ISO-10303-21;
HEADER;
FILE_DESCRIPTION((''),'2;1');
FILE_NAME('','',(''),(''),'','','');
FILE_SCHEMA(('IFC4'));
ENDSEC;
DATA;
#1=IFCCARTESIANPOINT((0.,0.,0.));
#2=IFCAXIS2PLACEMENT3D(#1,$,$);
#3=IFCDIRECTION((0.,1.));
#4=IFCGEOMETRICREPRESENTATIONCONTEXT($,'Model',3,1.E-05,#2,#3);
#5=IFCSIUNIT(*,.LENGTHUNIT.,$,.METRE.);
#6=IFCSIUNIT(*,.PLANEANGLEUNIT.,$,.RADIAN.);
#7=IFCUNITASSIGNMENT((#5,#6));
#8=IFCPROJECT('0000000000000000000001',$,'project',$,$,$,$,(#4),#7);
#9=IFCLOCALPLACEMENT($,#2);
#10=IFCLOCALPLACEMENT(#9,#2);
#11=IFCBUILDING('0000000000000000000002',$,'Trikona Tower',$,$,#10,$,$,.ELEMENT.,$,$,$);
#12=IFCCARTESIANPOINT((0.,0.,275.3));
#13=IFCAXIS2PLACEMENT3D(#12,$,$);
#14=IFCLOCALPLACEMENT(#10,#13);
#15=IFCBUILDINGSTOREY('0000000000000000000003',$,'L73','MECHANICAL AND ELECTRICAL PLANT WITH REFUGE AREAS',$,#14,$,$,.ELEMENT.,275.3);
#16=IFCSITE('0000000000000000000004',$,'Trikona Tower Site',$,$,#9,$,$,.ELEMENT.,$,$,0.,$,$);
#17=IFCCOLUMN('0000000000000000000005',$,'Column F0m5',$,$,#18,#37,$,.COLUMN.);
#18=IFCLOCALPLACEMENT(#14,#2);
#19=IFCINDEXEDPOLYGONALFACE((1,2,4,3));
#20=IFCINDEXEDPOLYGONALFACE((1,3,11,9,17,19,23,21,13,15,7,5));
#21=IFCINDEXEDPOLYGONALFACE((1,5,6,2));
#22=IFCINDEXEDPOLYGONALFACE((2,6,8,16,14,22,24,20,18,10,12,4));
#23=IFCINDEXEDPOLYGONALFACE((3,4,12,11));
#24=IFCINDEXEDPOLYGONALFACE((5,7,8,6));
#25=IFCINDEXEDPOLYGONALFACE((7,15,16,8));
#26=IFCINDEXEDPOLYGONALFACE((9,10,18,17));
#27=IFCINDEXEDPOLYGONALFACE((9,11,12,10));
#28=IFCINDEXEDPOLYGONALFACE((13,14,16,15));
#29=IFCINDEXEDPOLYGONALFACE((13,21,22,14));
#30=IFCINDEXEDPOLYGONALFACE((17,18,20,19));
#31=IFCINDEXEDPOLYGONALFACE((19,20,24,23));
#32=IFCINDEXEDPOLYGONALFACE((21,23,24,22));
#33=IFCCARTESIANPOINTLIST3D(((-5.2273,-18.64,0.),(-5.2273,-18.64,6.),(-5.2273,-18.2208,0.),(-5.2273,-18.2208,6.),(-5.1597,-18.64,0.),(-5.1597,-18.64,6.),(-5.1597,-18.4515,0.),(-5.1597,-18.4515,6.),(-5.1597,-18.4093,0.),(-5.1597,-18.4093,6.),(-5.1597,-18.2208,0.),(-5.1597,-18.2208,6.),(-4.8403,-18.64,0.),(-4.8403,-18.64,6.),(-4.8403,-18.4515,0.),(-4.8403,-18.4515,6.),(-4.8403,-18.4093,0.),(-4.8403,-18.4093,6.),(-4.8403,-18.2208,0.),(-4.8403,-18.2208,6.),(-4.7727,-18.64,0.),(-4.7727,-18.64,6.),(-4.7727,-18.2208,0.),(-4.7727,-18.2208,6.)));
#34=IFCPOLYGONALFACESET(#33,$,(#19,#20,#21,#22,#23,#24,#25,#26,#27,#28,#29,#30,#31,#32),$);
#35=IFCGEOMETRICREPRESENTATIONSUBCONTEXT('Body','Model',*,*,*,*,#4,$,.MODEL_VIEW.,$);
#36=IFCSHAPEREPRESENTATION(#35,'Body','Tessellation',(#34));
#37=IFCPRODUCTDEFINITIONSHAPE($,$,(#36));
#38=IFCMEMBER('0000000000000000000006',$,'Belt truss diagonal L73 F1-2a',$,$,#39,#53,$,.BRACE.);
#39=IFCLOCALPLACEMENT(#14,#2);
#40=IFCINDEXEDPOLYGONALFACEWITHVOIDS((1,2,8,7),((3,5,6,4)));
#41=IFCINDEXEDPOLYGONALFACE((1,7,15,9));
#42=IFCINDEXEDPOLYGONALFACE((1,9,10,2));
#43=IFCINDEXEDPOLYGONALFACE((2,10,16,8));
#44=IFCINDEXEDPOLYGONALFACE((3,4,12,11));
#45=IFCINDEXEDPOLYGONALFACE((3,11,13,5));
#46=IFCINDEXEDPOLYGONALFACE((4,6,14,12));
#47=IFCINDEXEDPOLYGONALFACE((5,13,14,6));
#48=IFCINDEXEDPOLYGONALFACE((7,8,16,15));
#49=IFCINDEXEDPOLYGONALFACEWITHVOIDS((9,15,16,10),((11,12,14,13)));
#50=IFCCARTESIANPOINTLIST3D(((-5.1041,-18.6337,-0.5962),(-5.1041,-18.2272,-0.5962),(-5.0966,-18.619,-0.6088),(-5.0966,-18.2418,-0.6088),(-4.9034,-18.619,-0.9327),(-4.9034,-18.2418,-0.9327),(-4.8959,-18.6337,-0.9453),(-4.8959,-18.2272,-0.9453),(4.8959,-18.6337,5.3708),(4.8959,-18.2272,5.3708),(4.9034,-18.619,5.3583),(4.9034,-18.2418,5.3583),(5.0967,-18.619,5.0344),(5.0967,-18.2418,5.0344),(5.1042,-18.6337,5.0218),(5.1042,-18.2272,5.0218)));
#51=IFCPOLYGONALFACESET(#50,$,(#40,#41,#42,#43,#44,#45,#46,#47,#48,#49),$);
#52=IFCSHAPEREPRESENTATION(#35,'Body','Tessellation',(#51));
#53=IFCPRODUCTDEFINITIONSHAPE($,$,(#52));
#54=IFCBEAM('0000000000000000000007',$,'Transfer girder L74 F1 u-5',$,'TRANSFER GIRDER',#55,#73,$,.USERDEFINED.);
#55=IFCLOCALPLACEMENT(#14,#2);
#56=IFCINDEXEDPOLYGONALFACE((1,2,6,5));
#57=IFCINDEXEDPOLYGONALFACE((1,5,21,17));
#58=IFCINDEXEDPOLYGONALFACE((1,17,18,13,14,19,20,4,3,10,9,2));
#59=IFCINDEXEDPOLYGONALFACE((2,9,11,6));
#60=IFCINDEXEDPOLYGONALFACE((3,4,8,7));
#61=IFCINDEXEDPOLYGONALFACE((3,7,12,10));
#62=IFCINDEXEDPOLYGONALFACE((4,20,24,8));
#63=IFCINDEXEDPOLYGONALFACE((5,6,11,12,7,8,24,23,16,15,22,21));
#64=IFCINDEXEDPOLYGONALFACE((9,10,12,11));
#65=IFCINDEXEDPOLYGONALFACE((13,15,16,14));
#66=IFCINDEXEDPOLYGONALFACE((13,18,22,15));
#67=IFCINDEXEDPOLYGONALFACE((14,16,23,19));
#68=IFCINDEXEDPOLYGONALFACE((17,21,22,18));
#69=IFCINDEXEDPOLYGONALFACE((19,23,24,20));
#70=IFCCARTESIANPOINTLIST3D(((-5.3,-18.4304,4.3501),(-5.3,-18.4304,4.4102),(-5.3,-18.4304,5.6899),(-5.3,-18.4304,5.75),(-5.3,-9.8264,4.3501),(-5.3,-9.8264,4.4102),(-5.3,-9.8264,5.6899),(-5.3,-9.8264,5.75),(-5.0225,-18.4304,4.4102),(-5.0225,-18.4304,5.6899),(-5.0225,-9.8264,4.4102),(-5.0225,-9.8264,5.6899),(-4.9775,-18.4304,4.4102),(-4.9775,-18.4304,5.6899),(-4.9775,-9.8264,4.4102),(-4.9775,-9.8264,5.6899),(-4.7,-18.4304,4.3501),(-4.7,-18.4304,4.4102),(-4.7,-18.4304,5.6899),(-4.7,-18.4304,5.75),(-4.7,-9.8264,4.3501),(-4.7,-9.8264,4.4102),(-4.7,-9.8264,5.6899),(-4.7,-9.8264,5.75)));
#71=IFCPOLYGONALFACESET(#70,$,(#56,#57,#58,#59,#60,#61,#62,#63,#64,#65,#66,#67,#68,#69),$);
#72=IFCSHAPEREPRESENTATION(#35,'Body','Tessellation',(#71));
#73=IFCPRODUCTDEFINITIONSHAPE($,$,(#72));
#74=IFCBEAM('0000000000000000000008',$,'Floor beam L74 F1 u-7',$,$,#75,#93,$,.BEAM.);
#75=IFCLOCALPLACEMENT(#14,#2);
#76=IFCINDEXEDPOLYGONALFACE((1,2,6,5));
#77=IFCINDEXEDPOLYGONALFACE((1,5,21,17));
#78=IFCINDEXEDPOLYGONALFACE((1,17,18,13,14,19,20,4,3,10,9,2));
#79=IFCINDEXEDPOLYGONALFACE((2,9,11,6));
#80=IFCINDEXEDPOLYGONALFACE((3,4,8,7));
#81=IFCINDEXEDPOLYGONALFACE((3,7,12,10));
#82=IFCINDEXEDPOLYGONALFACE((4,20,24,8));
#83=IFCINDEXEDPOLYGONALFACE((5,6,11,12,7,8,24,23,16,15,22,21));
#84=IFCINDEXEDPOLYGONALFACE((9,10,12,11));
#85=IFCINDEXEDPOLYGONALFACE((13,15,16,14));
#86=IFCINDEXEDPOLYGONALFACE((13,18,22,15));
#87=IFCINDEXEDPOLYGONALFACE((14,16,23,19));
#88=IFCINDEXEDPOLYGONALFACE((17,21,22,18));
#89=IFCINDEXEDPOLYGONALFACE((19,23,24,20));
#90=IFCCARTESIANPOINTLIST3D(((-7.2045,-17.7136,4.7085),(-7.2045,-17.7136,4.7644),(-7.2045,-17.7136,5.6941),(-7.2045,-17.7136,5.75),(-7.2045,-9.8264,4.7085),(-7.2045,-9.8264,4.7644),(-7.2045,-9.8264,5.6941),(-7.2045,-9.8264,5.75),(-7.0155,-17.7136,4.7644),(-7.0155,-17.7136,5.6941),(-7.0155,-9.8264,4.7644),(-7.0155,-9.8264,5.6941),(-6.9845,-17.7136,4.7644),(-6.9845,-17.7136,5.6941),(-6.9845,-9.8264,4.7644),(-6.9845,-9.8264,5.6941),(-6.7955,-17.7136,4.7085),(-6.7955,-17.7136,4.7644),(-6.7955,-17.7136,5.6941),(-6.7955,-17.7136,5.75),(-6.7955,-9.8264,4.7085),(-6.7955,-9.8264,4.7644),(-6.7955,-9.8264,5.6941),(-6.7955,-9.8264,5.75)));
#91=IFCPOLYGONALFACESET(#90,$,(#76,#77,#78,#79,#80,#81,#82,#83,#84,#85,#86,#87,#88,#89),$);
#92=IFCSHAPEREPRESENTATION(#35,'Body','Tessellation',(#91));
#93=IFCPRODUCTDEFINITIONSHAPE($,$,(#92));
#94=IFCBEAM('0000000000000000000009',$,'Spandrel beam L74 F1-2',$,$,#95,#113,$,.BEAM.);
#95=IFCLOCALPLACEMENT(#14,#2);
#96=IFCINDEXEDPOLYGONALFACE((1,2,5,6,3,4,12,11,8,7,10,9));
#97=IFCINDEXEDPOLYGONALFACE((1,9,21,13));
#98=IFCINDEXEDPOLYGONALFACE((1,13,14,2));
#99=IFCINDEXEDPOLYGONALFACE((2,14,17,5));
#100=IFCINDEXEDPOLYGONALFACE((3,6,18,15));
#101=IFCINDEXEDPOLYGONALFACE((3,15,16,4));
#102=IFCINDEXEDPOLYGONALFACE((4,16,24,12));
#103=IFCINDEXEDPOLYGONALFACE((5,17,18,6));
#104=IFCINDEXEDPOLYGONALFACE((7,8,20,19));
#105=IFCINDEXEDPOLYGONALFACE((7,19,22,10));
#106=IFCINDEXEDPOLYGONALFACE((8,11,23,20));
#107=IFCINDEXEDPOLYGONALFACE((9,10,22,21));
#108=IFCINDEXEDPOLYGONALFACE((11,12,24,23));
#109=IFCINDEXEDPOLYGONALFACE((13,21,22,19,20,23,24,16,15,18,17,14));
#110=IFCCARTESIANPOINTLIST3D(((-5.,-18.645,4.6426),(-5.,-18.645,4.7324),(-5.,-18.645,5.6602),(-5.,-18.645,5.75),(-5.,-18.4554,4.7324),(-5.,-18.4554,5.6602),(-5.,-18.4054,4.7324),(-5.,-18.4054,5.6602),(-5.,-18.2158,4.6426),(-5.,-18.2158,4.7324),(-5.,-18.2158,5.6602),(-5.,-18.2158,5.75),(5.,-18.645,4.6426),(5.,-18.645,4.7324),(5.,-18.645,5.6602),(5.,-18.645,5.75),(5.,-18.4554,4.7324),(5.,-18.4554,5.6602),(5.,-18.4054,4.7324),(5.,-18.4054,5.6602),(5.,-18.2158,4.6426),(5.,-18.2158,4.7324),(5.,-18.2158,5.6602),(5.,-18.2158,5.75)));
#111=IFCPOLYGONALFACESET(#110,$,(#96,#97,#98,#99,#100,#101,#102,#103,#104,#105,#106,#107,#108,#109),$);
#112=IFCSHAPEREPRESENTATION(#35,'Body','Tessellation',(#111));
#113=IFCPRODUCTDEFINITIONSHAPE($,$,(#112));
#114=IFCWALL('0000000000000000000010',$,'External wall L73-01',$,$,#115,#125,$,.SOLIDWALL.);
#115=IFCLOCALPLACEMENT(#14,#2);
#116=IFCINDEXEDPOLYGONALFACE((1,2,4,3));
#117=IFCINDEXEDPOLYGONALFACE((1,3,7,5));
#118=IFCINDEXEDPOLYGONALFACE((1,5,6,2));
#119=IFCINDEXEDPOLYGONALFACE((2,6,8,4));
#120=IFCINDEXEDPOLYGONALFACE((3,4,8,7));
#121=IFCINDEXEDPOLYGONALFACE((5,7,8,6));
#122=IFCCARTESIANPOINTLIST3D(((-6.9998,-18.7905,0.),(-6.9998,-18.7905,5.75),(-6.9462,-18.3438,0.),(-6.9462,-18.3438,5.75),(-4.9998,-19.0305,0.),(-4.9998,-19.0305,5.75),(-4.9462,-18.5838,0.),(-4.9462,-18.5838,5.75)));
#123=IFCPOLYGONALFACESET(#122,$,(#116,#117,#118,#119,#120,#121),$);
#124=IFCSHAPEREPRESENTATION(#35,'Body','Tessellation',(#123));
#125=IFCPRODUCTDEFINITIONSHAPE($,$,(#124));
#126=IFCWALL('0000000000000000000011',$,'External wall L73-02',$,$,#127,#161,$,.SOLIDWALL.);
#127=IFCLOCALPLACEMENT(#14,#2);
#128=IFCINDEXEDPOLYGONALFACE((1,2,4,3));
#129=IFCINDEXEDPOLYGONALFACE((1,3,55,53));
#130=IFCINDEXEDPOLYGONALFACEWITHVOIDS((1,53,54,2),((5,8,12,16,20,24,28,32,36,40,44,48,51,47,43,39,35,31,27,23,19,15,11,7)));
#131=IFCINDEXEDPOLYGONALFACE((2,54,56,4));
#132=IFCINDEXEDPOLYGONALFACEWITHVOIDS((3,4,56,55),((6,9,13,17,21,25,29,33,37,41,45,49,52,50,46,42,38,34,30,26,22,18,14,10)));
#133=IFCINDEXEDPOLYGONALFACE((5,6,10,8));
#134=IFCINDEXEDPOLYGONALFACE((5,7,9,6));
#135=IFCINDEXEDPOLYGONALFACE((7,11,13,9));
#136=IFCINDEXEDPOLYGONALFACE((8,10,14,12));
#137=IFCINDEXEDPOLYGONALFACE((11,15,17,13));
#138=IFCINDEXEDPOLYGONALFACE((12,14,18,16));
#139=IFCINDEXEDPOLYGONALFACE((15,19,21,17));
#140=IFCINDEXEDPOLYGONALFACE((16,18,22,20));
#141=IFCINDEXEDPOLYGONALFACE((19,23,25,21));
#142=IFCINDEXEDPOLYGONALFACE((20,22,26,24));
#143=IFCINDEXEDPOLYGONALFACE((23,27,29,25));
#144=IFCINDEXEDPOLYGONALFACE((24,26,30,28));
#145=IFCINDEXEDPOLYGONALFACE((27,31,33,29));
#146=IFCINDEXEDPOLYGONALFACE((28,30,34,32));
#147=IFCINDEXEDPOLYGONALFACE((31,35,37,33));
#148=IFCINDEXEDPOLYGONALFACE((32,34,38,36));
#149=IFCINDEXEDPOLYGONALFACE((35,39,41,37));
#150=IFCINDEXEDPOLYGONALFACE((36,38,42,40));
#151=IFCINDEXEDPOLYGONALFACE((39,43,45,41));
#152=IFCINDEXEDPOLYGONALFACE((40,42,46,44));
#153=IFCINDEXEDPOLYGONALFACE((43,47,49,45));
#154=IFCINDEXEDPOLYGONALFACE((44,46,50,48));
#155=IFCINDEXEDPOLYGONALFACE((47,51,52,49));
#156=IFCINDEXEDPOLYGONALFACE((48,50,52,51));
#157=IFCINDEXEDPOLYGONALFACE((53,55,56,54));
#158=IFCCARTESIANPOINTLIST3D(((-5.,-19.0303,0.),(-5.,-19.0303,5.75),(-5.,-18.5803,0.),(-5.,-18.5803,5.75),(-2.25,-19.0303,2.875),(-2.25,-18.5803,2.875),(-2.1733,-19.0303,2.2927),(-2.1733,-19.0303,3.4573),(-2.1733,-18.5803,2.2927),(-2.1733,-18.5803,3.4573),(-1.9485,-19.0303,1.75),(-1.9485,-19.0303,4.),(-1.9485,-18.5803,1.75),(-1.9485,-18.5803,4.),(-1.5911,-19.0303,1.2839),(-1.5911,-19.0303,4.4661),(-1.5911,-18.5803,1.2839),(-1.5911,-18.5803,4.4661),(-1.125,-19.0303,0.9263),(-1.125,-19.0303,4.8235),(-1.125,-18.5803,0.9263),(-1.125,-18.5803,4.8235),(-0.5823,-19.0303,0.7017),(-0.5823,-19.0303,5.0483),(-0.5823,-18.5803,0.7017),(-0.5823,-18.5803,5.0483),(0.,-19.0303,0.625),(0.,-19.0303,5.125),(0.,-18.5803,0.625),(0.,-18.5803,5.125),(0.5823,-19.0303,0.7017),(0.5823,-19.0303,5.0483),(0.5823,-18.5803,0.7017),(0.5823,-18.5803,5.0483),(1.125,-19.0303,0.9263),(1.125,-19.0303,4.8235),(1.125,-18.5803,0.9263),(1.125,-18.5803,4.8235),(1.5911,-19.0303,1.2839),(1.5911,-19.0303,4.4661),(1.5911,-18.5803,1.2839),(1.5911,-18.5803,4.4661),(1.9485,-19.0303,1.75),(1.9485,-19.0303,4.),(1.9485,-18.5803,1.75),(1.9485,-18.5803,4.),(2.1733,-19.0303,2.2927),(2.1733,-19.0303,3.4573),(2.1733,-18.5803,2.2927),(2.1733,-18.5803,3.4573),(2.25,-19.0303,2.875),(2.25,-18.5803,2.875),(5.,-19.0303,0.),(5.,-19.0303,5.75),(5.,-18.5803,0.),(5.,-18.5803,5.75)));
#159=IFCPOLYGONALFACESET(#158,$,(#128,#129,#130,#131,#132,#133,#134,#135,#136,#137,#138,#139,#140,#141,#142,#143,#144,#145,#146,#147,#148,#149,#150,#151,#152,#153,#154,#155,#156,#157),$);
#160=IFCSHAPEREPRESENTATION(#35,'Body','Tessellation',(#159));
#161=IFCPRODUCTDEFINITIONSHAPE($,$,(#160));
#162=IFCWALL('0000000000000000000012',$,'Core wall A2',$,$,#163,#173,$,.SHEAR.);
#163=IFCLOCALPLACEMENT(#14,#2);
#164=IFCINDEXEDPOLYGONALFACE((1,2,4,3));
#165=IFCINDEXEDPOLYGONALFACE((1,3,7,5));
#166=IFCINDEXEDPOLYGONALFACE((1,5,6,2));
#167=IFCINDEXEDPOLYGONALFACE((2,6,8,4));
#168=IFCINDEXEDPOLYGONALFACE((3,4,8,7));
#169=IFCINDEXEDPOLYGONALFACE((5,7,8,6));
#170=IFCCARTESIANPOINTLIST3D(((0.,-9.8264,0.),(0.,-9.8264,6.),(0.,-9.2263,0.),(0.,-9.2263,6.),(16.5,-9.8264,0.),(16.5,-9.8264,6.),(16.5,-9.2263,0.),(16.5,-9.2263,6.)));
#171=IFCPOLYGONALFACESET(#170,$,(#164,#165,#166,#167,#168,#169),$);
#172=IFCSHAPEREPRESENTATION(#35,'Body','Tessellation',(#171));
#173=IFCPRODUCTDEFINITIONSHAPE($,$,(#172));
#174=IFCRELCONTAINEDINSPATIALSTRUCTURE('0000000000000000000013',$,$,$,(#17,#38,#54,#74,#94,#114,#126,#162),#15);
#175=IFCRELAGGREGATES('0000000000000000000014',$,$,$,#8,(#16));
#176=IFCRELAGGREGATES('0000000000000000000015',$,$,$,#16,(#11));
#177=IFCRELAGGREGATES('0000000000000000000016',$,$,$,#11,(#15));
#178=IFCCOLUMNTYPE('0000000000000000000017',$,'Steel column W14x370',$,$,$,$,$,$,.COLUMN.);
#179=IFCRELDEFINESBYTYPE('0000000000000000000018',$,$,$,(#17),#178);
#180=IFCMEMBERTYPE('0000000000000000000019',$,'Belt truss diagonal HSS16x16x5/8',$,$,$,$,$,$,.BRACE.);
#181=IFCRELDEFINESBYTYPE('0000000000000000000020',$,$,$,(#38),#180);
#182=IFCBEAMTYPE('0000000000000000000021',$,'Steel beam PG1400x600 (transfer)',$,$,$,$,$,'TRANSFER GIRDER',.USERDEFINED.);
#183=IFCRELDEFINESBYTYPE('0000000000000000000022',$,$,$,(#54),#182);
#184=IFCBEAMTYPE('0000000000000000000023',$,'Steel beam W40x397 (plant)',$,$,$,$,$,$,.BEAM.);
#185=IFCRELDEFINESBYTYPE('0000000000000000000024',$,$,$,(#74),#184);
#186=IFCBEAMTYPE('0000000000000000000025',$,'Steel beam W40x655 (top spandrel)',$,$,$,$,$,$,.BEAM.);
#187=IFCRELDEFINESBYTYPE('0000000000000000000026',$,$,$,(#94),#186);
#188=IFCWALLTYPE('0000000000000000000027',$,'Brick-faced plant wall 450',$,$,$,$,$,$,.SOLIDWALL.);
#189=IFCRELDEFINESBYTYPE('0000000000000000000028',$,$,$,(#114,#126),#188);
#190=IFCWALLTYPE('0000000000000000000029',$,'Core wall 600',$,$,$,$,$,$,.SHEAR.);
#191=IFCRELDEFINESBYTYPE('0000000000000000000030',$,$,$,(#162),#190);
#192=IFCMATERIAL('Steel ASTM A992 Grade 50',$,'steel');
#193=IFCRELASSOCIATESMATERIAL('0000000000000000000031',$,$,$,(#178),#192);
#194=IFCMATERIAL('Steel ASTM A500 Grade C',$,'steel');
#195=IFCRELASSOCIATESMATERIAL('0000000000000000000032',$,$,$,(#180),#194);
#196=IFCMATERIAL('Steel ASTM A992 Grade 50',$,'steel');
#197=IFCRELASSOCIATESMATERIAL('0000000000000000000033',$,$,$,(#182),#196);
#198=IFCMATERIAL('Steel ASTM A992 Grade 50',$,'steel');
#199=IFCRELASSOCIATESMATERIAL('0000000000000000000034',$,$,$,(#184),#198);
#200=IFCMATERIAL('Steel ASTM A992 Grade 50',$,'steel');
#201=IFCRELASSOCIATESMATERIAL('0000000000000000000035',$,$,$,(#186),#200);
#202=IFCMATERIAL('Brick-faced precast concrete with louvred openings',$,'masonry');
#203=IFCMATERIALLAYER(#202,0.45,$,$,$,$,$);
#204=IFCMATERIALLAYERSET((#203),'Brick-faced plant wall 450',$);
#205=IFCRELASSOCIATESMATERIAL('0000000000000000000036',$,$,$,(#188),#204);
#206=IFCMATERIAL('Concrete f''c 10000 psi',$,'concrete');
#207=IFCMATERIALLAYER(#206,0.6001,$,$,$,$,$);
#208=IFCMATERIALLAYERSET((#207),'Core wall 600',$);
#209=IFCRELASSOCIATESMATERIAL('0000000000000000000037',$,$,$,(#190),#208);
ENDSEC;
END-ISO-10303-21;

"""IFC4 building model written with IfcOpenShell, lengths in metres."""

from ifc_helpers import new_model, si_unit, direction, frame, frame_2d, origin, origin_2d, place, context, subcontext, project, spatial, polyline, rectangle, hollow_rectangle, i_section, outline, extrude, material, layer, layer_set, material_profile, profile_set, type_object, element, save


model = new_model("IFC4")

# Units and contexts
model_context = context("Model", 3, precision=1e-05, world=origin(), true_north=direction((0.0, 1.0)))
body_context = subcontext(model_context, "Body", "Model", "MODEL_VIEW")
ifc_project = project(units=[si_unit("LENGTHUNIT", "METRE"), si_unit("PLANEANGLEUNIT", "RADIAN")], contexts=[model_context])

# Site, building, storey
site_placement = place(None, origin())
site = spatial("IfcSite", under=ifc_project, at=site_placement, Name="Trikona Tower Site", CompositionType="ELEMENT", RefElevation=0.0)
building_placement = place(site_placement, origin())
building = spatial("IfcBuilding", under=site, at=building_placement, Name="Trikona Tower", CompositionType="ELEMENT")
storey_placement = place(building_placement, frame((0.0, 0.0, 275.3)))
storey = spatial("IfcBuildingStorey", under=building, at=storey_placement, Name="L73", Description="MECHANICAL AND ELECTRICAL PLANT WITH REFUGE AREAS", CompositionType="ELEMENT", Elevation=275.3)

# Column
ifc_material_1 = material(Name="Steel ASTM A992 Grade 50", Category="steel")
ifc_material_profile_1 = material_profile(ifc_material_1, i_section(OverallWidth=0.4192, OverallDepth=0.4546, WebThickness=0.0422, FlangeThickness=0.0676, at=origin_2d()), Name="W14X370")
ifc_profile_set_1 = profile_set([ifc_material_profile_1], Name="Steel ASTM A992 Grade 50")
column_type = type_object("IfcColumnType", Name="Steel column W14x370", PredefinedType="COLUMN", material=ifc_profile_set_1)
column_placement = place(storey_placement, frame((-5.0, -18.4304, 0.0), z_axis=(0.0, 0.0, 1.0), x_axis=(0.0, -1.0, 0.0)))
element("IfcColumn", 1, at=column_placement, inside=storey, type_object=column_type, Name="Column F0m5", PredefinedType="COLUMN", context=body_context, shape_type="SweptSolid", body=[
    extrude(i_section(OverallWidth=0.4192, OverallDepth=0.4546, WebThickness=0.0422, FlangeThickness=0.0676, at=origin_2d()), origin(), (0.0, 0.0, 1.0), 6.0),
])

# Member
ifc_material_2 = material(Name="Steel ASTM A500 Grade C", Category="steel")
ifc_material_profile_2 = material_profile(ifc_material_2, hollow_rectangle(XDim=0.4065, YDim=0.4065, WallThickness=0.0146, at=origin_2d()), Name="HSS16X16X5/8")
ifc_profile_set_2 = profile_set([ifc_material_profile_2], Name="Steel ASTM A500 Grade C")
member_type = type_object("IfcMemberType", Name="Belt truss diagonal HSS16x16x5/8", PredefinedType="BRACE", material=ifc_profile_set_2)
member_placement = place(storey_placement, frame((-5.0, -18.4304, -0.7708), z_axis=(0.858739, 0.0, 0.512413), x_axis=(0.0, 1.0, 0.0)))
element("IfcMember", 2, at=member_placement, inside=storey, type_object=member_type, Name="Belt truss diagonal L73 F1-2a", PredefinedType="BRACE", context=body_context, shape_type="SweptSolid", body=[
    extrude(hollow_rectangle(XDim=0.4065, YDim=0.4065, WallThickness=0.0146, at=origin_2d()), origin(), (0.0, 0.0, 1.0), 11.645),
])

# Beams
ifc_material_3 = material(Name="Steel ASTM A992 Grade 50", Category="steel")
ifc_material_profile_3 = material_profile(ifc_material_3, i_section(OverallWidth=0.6001, OverallDepth=1.3999, WebThickness=0.0449, FlangeThickness=0.0601, at=origin_2d()), Name="PG1400X600")
ifc_profile_set_3 = profile_set([ifc_material_profile_3], Name="Steel ASTM A992 Grade 50")
beam_type_1 = type_object("IfcBeamType", Name="Steel beam PG1400x600 (transfer)", ElementType="TRANSFER GIRDER", PredefinedType="USERDEFINED", material=ifc_profile_set_3)
beam_1_placement = place(storey_placement, frame((-5.0, -9.8264, 5.05), z_axis=(0.0, -1.0, 0.0), x_axis=(1.0, 0.0, 0.0)))
element("IfcBeam", 3, at=beam_1_placement, inside=storey, type_object=beam_type_1, Name="Transfer girder L74 F1 u-5", ObjectType="TRANSFER GIRDER", PredefinedType="USERDEFINED", context=body_context, shape_type="SweptSolid", body=[
    extrude(i_section(OverallWidth=0.6001, OverallDepth=1.3999, WebThickness=0.0449, FlangeThickness=0.0601, at=origin_2d()), origin(), (0.0, 0.0, 1.0), 8.604),
])
ifc_material_4 = material(Name="Steel ASTM A992 Grade 50", Category="steel")
ifc_material_profile_4 = material_profile(ifc_material_4, i_section(OverallWidth=0.4089, OverallDepth=1.0415, WebThickness=0.031, FlangeThickness=0.0559, at=origin_2d()), Name="W40X397")
ifc_profile_set_4 = profile_set([ifc_material_profile_4], Name="Steel ASTM A992 Grade 50")
beam_type_2 = type_object("IfcBeamType", Name="Steel beam W40x397 (plant)", PredefinedType="BEAM", material=ifc_profile_set_4)
beam_2_placement = place(storey_placement, frame((-7.0, -9.8264, 5.2292), z_axis=(0.0, -1.0, 0.0), x_axis=(1.0, 0.0, 0.0)))
element("IfcBeam", 4, at=beam_2_placement, inside=storey, type_object=beam_type_2, Name="Floor beam L74 F1 u-7", PredefinedType="BEAM", context=body_context, shape_type="SweptSolid", body=[
    extrude(i_section(OverallWidth=0.4089, OverallDepth=1.0415, WebThickness=0.031, FlangeThickness=0.0559, at=origin_2d()), origin(), (0.0, 0.0, 1.0), 7.8872),
])
ifc_material_5 = material(Name="Steel ASTM A992 Grade 50", Category="steel")
ifc_material_profile_5 = material_profile(ifc_material_5, i_section(OverallWidth=0.4292, OverallDepth=1.1074, WebThickness=0.05, FlangeThickness=0.0898, at=origin_2d()), Name="W40X655")
ifc_profile_set_5 = profile_set([ifc_material_profile_5], Name="Steel ASTM A992 Grade 50")
beam_type_3 = type_object("IfcBeamType", Name="Steel beam W40x655 (top spandrel)", PredefinedType="BEAM", material=ifc_profile_set_5)
beam_3_placement = place(storey_placement, frame((-5.0, -18.4304, 5.1963), z_axis=(1.0, 0.0, 0.0), x_axis=(0.0, 1.0, 0.0)))
element("IfcBeam", 5, at=beam_3_placement, inside=storey, type_object=beam_type_3, Name="Spandrel beam L74 F1-2", PredefinedType="BEAM", context=body_context, shape_type="SweptSolid", body=[
    extrude(i_section(OverallWidth=0.4292, OverallDepth=1.1074, WebThickness=0.05, FlangeThickness=0.0898, at=origin_2d()), origin(), (0.0, 0.0, 1.0), 10.0),
])

# Walls
ifc_material_6 = material(Name="Brick-faced precast concrete with louvred openings", Category="masonry")
ifc_layer_1 = layer(ifc_material_6, 0.45)
ifc_layer_set_1 = layer_set([ifc_layer_1], Name="Brick-faced plant wall 450")
wall_type_1 = type_object("IfcWallType", Name="Brick-faced plant wall 450", PredefinedType="SOLIDWALL", material=ifc_layer_set_1)
wall_1_placement = place(storey_placement, frame((-6.9731, -18.5671, 0.0), z_axis=(0.0, 0.0, 1.0), x_axis=(0.992877, -0.11914, 0.0)))
element("IfcWall", 6, at=wall_1_placement, inside=storey, type_object=wall_type_1, Name="External wall L73-01", PredefinedType="SOLIDWALL", context=body_context, shape_type="SweptSolid", body=[
    extrude(rectangle(XDim=2.0144, YDim=0.45, at=frame_2d((1.0073, 0.0))), origin(), (0.0, 0.0, 1.0), 5.75),
])
wall_2_placement = place(storey_placement, frame((-5.0, -18.8054, 0.0), z_axis=(0.0, 0.0, 1.0), x_axis=(1.0, 0.0, 0.0)))
element("IfcWall", 7, at=wall_2_placement, inside=storey, type_object=wall_type_1, Name="External wall L73-02", PredefinedType="SOLIDWALL", context=body_context, shape_type="SweptSolid", body=[
    extrude(outline(polyline([(0.0, 0.0), (10.0, 0.0), (10.0, 5.75), (0.0, 5.75), (0.0, 0.0)]), holes=[polyline([(7.25, 2.875), (7.1733, 3.4573), (6.9485, 4.0), (6.5911, 4.4661), (6.125, 4.8235), (5.5823, 5.0483), (5.0, 5.125), (4.4177, 5.0483), (3.875, 4.8235), (3.4089, 4.4661), (3.0515, 4.0), (2.8267, 3.4573), (2.75, 2.875), (2.8267, 2.2927), (3.0515, 1.75), (3.4089, 1.2839), (3.875, 0.9263), (4.4177, 0.7017), (5.0, 0.625), (5.5823, 0.7017), (6.125, 0.9263), (6.5911, 1.2839), (6.9485, 1.75), (7.1733, 2.2927), (7.25, 2.875)])]), frame((0.0, 0.2251, 0.0), z_axis=(0.0, -1.0, 0.0), x_axis=(1.0, 0.0, 0.0)), (0.0, 0.0, 1.0), 0.45),
])
ifc_material_7 = material(Name="Concrete f'c 10000 psi", Category="concrete")
ifc_layer_2 = layer(ifc_material_7, 0.6001)
ifc_layer_set_2 = layer_set([ifc_layer_2], Name="Core wall 600")
wall_type_2 = type_object("IfcWallType", Name="Core wall 600", PredefinedType="SHEAR", material=ifc_layer_set_2)
wall_3_placement = place(storey_placement, frame((0.0, -9.5264, 0.0), z_axis=(0.0, 0.0, 1.0), x_axis=(1.0, 0.0, 0.0)))
element("IfcWall", 8, at=wall_3_placement, inside=storey, type_object=wall_type_2, Name="Core wall A2", PredefinedType="SHEAR", context=body_context, shape_type="SweptSolid", body=[
    extrude(rectangle(XDim=16.5, YDim=0.6001, at=frame_2d((8.25, 0.0))), origin(), (0.0, 0.0, 1.0), 6.0),
])

save(model, "model.ifc")
